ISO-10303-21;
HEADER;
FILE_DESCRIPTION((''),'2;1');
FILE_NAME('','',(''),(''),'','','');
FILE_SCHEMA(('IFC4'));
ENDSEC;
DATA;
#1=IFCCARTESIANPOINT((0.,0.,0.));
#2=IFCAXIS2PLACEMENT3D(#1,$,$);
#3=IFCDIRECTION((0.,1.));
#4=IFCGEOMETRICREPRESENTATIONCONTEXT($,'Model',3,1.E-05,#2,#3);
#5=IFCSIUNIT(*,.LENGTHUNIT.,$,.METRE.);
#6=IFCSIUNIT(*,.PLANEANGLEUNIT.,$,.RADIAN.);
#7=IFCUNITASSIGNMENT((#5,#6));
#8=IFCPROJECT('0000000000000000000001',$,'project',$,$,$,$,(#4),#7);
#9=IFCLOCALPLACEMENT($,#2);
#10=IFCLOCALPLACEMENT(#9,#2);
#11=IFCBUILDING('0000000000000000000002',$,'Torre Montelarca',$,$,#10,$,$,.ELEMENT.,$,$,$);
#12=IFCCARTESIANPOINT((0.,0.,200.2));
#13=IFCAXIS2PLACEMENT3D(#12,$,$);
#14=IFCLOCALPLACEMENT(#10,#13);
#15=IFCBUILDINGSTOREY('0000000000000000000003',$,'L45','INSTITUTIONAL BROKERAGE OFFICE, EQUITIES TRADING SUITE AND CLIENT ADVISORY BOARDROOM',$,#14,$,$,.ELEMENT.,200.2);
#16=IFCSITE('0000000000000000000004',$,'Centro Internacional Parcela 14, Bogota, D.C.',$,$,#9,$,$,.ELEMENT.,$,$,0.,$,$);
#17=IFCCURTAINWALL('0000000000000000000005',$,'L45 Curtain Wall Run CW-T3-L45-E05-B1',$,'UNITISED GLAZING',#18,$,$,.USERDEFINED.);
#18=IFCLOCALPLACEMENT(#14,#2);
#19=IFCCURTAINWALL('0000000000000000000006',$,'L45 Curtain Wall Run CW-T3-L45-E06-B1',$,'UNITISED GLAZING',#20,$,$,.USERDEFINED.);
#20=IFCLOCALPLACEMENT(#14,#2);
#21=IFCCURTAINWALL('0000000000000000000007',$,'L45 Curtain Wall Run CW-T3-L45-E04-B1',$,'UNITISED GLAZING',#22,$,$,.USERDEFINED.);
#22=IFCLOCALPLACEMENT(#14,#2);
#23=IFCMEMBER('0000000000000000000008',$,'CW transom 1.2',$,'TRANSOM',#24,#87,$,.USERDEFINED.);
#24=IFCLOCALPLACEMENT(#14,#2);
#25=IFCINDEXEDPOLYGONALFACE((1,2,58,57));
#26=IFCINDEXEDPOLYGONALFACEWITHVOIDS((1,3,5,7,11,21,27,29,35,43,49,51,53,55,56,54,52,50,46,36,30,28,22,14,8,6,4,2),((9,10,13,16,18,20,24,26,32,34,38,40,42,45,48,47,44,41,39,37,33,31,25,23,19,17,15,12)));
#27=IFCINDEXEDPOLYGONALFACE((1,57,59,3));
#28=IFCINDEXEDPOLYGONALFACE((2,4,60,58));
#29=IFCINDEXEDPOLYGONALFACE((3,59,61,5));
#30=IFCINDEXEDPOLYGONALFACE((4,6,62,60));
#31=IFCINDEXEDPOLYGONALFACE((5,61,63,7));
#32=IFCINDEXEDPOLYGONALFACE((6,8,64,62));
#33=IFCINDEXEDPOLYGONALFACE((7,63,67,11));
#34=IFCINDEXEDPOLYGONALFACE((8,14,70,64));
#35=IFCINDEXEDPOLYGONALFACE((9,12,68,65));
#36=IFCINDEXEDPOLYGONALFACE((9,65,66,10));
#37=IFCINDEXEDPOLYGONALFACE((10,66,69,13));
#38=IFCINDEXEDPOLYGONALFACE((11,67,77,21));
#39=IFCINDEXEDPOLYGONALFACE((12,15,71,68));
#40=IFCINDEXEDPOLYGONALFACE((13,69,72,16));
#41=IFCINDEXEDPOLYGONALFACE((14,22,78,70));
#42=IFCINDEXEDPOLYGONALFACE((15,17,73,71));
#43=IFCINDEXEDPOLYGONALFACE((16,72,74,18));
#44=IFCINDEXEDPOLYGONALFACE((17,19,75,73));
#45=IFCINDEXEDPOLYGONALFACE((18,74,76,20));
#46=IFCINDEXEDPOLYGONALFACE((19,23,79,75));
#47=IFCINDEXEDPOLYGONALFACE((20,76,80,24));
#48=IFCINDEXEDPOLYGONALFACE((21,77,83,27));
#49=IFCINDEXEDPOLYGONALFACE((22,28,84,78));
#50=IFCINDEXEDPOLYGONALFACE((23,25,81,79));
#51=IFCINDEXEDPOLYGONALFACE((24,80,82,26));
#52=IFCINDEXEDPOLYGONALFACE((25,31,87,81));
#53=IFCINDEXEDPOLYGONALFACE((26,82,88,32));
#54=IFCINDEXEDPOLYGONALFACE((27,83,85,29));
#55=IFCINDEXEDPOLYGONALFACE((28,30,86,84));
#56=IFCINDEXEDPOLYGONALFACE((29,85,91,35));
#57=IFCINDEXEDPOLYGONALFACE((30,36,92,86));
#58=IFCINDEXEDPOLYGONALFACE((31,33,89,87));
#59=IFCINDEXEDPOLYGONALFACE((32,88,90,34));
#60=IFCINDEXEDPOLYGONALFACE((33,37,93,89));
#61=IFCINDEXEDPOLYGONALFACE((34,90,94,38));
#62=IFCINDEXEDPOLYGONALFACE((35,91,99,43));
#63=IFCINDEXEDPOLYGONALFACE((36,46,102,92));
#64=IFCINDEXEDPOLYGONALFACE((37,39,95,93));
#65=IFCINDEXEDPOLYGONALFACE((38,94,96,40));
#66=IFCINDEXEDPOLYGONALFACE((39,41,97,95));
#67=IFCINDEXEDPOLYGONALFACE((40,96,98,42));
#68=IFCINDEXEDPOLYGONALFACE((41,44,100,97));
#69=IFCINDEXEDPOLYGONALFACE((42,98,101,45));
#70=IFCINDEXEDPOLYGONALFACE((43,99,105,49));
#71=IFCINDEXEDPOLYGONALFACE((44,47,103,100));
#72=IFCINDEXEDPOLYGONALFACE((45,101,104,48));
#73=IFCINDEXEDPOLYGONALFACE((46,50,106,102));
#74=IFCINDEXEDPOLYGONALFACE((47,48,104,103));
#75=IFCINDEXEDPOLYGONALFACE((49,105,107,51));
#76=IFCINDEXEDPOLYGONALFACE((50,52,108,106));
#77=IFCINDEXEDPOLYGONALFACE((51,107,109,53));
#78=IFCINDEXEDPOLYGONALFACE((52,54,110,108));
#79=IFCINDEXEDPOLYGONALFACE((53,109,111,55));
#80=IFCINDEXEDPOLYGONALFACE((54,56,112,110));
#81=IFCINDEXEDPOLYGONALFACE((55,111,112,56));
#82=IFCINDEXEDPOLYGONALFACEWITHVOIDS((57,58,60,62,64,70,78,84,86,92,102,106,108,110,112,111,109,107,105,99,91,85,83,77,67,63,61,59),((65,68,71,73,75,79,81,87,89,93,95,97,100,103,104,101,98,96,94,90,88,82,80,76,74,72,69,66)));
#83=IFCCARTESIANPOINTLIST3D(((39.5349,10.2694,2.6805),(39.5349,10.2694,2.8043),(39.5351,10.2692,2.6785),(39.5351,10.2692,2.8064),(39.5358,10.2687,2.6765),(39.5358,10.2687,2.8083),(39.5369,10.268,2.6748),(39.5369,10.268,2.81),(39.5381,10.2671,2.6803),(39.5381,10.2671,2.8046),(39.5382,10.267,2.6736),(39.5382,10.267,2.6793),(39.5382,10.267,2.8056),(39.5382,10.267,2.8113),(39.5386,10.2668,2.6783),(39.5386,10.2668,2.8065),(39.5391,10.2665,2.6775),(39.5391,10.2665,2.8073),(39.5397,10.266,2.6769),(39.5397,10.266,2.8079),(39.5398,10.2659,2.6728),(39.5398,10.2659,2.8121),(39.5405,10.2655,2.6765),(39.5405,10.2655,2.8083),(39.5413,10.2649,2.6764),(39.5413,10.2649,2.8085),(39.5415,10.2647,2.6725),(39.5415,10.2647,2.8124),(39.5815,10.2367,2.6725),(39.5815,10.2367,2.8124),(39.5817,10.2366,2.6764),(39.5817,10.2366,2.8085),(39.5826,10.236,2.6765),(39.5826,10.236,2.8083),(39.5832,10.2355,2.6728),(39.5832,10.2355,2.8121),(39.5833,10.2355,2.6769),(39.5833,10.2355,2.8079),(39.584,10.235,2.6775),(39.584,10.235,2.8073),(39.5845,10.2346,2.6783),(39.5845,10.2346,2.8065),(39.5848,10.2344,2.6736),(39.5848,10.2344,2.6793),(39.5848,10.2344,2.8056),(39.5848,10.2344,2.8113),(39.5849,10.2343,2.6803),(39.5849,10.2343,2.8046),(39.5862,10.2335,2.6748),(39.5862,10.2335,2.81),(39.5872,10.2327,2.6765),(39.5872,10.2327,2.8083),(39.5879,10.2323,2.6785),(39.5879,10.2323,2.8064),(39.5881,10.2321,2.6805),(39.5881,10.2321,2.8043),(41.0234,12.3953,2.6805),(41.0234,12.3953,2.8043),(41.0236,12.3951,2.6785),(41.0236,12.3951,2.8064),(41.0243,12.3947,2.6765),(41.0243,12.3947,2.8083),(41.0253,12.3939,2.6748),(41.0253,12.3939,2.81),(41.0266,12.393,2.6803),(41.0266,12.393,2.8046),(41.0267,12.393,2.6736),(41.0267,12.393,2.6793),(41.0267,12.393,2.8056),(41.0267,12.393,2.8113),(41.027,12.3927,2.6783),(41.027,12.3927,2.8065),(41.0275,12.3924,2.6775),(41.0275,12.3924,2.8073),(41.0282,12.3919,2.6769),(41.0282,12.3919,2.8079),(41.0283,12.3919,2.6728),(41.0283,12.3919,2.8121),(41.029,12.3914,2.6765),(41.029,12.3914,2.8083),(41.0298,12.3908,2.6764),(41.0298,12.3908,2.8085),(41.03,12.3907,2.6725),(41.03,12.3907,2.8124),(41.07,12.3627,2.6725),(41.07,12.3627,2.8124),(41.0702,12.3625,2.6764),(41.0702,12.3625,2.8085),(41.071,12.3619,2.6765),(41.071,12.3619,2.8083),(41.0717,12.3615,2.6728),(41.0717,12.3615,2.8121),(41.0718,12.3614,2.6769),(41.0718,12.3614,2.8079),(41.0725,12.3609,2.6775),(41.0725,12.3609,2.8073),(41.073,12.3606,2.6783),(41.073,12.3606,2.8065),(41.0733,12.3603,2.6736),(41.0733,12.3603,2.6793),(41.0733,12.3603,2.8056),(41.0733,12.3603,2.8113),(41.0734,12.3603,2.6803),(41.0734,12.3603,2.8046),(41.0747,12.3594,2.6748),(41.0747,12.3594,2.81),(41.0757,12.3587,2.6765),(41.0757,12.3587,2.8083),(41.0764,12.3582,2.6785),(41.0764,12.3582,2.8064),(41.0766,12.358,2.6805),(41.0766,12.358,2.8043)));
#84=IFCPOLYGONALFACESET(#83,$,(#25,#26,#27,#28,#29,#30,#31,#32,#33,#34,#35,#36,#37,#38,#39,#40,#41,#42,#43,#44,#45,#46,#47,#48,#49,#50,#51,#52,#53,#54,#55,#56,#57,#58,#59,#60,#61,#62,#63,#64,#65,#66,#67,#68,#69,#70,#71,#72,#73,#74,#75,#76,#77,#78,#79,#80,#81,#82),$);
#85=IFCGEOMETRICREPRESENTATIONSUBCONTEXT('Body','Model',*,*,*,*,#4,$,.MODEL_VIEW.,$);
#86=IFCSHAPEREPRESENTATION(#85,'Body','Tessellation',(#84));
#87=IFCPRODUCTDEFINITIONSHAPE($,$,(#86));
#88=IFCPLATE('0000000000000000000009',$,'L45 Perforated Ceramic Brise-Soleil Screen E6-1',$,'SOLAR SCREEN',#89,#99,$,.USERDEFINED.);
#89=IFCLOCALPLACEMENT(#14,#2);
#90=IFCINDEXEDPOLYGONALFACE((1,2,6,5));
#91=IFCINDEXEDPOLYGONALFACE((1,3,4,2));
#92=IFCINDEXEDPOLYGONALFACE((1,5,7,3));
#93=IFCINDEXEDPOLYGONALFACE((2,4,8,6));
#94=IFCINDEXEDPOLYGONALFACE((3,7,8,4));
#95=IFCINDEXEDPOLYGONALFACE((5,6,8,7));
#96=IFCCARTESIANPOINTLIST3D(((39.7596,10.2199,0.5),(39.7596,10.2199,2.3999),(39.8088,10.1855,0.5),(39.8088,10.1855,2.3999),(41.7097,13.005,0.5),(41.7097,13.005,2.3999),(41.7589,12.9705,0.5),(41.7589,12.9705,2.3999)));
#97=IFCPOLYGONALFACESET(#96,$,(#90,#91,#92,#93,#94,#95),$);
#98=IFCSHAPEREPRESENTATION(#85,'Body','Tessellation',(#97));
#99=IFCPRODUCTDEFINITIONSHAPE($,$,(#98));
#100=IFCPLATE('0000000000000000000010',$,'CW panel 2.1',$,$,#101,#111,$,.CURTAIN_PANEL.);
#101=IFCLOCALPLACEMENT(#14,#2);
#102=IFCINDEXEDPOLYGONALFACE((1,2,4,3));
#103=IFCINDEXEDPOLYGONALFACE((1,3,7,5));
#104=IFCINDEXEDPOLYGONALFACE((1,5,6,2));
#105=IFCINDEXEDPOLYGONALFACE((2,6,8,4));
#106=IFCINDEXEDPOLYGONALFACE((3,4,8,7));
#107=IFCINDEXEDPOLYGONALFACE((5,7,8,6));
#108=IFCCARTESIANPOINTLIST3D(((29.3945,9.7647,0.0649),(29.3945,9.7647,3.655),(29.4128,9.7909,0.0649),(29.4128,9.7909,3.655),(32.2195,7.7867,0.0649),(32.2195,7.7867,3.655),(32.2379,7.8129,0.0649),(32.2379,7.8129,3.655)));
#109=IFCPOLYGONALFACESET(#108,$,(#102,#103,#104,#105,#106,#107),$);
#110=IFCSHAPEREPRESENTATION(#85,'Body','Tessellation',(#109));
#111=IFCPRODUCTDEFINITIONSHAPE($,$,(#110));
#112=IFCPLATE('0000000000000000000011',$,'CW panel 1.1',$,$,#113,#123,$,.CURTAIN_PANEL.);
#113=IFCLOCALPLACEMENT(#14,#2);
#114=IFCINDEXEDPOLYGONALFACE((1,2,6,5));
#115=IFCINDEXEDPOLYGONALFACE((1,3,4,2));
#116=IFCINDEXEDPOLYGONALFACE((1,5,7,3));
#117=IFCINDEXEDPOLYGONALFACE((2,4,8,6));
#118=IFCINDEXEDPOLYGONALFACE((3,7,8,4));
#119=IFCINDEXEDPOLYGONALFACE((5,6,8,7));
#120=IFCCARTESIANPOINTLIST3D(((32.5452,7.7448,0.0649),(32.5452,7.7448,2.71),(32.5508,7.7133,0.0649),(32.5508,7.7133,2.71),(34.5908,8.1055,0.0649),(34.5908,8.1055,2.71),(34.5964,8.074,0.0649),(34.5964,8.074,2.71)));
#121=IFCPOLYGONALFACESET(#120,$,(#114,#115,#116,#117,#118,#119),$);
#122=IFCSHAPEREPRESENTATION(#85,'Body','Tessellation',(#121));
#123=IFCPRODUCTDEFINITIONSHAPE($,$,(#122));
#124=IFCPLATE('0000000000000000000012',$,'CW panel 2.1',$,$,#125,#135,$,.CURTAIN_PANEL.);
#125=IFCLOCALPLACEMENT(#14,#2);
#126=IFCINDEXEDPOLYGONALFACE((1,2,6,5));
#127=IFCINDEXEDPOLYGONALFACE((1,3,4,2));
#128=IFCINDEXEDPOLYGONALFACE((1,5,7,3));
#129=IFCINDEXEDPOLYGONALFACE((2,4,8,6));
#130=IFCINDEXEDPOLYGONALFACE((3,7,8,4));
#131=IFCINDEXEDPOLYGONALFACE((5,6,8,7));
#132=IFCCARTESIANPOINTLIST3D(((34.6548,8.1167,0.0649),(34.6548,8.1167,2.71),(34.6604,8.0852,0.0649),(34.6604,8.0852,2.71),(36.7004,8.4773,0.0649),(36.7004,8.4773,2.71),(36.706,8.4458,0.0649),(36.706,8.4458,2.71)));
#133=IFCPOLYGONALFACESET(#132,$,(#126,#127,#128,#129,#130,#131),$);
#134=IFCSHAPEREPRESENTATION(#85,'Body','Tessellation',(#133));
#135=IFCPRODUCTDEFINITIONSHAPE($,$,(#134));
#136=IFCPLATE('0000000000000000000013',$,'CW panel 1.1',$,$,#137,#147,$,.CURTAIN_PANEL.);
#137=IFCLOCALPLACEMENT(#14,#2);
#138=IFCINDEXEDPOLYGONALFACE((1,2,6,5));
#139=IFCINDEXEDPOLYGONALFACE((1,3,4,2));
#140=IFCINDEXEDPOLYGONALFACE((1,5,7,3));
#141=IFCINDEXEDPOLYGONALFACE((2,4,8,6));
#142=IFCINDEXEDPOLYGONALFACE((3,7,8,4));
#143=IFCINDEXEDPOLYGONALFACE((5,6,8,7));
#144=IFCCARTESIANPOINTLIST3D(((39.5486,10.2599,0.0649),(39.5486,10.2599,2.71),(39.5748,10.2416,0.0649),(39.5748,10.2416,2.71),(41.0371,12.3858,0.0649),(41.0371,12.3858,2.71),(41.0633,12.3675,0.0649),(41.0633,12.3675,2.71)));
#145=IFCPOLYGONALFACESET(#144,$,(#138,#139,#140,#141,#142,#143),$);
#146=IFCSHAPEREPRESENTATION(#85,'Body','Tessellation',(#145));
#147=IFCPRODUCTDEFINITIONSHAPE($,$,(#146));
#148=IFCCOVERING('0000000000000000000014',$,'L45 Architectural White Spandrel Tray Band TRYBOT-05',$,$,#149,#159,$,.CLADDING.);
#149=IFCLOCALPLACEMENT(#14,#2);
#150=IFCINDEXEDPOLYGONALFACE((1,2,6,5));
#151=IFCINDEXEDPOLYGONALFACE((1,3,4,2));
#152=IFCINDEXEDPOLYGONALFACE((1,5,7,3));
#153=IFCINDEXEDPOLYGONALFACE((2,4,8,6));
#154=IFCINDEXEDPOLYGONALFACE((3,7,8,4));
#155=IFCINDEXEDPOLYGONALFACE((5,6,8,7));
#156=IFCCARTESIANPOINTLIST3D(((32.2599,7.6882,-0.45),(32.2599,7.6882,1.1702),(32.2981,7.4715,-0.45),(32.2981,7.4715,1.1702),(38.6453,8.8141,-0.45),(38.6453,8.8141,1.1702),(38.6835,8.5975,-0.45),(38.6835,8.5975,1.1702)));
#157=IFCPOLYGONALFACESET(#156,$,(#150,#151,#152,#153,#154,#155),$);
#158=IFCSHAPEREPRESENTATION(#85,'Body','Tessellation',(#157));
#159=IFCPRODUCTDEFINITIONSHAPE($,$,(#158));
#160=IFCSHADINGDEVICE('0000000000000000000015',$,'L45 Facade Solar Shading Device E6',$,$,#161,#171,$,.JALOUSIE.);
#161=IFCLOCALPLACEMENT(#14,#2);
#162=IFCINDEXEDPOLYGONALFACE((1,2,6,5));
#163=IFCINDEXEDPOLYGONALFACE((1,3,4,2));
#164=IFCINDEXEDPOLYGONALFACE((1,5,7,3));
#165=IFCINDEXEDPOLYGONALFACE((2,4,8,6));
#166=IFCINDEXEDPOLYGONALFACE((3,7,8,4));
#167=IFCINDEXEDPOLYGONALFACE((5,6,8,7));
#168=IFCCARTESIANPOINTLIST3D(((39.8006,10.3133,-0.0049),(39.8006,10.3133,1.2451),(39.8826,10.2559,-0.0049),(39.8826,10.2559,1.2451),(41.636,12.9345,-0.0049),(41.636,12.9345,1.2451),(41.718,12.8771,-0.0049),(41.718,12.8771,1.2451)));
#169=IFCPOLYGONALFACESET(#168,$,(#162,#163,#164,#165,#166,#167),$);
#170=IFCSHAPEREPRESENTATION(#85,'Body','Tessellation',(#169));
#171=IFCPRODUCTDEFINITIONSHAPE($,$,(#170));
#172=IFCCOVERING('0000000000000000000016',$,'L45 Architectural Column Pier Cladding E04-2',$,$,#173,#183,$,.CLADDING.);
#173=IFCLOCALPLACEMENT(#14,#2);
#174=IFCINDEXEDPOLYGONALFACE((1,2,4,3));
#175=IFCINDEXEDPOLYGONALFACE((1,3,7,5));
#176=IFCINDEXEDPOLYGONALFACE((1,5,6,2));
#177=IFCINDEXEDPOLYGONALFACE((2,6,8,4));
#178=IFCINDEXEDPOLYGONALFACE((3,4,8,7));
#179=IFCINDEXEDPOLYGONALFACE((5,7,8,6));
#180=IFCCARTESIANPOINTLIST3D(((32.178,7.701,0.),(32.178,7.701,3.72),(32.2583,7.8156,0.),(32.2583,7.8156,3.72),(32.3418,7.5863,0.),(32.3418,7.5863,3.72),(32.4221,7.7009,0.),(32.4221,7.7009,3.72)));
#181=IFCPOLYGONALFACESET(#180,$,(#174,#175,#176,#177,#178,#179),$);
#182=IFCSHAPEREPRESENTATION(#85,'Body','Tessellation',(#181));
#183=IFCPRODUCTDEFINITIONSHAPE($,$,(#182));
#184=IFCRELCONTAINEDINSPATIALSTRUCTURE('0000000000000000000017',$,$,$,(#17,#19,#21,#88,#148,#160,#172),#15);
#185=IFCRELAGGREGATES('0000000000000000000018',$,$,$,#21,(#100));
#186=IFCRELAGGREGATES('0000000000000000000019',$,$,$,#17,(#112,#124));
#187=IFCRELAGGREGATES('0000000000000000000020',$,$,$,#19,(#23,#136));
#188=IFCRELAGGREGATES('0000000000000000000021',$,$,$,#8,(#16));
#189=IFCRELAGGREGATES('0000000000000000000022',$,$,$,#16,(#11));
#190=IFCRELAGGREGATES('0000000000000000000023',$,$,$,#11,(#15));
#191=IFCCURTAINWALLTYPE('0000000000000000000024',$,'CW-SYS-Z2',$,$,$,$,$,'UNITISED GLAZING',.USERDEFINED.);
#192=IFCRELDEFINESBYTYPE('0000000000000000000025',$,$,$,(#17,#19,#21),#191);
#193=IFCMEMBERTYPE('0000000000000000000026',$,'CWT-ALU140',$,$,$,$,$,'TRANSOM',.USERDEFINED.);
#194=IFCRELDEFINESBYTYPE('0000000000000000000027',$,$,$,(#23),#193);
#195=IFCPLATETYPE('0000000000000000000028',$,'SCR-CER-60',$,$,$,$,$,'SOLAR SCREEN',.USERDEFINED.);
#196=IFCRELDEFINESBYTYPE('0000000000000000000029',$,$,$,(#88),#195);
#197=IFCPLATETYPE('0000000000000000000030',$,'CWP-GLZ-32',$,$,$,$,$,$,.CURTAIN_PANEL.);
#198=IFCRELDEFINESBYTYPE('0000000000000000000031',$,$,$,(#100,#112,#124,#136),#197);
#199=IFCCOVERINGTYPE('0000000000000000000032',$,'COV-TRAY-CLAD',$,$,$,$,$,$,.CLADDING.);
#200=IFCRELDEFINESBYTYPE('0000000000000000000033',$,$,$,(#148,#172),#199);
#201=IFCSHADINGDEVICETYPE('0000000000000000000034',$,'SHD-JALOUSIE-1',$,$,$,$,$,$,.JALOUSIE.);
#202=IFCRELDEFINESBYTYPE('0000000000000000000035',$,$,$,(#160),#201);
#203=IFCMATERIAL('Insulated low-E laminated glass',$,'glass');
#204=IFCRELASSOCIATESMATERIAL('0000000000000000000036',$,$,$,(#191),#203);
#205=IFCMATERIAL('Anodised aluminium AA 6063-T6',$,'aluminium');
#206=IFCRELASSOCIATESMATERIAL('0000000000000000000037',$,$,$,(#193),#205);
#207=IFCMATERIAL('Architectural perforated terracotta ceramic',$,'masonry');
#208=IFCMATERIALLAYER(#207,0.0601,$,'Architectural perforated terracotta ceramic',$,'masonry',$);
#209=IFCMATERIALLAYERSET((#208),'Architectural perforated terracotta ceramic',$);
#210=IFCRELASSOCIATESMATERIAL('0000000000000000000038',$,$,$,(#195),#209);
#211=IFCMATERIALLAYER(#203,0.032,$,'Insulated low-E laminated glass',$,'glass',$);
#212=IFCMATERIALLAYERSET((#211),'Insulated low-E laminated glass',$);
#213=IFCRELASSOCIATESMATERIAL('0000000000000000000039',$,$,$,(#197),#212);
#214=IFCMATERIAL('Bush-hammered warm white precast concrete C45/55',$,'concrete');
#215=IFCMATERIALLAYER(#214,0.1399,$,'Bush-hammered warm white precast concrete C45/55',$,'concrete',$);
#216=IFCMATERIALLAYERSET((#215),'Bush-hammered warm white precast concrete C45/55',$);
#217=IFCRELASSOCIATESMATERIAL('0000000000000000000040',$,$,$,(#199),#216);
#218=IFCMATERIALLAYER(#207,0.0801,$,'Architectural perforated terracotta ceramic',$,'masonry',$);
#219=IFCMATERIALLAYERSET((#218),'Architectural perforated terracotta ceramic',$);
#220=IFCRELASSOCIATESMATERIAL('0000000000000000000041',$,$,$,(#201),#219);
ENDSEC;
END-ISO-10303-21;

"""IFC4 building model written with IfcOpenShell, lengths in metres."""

from ifc_helpers import new_model, si_unit, direction, frame, origin, origin_2d, place, context, subcontext, project, spatial, rectangle, hollow_rectangle, extrude, source, transform, mapped, material, layer, layer_set, material_profile, profile_set, type_object, element, aggregate, save


model = new_model("IFC4")

# Units and contexts
model_context = context("Model", 3, precision=1e-05, world=origin(), true_north=direction((0.0, 1.0)))
body_context = subcontext(model_context, "Body", "Model", "MODEL_VIEW")
ifc_project = project(units=[si_unit("LENGTHUNIT", "METRE"), si_unit("PLANEANGLEUNIT", "RADIAN")], contexts=[model_context])

# Site, building, storey
site_placement = place(None, origin())
site = spatial("IfcSite", under=ifc_project, at=site_placement, Name="Centro Internacional Parcela 14, Bogota, D.C.", CompositionType="ELEMENT", RefElevation=0.0)
building_placement = place(site_placement, origin())
building = spatial("IfcBuilding", under=site, at=building_placement, Name="Torre Montelarca", CompositionType="ELEMENT")
storey_placement = place(building_placement, frame((0.0, 0.0, 200.2)))
storey = spatial("IfcBuildingStorey", under=building, at=storey_placement, Name="L45", Description="INSTITUTIONAL BROKERAGE OFFICE, EQUITIES TRADING SUITE AND CLIENT ADVISORY BOARDROOM", CompositionType="ELEMENT", Elevation=200.2)

# Curtain walls
ifc_material_1 = material(Name="Insulated low-E laminated glass", Category="glass")
curtain_wall_type = type_object("IfcCurtainWallType", Name="CW-SYS-Z2", ElementType="UNITISED GLAZING", PredefinedType="USERDEFINED", material=ifc_material_1)
curtain_wall_1_placement = place(storey_placement, origin())
curtain_wall_1 = element("IfcCurtainWall", 1, at=curtain_wall_1_placement, inside=storey, type_object=curtain_wall_type, Name="L45 Curtain Wall Run CW-T3-L45-E05-B1", ObjectType="UNITISED GLAZING", PredefinedType="USERDEFINED")
ifc_material_2 = material(Name="Anodised aluminium AA 6063-T6", Category="aluminium")
curtain_wall_2_placement = place(storey_placement, origin())
curtain_wall_2 = element("IfcCurtainWall", 2, at=curtain_wall_2_placement, inside=storey, type_object=curtain_wall_type, Name="L45 Curtain Wall Run CW-T3-L45-E06-B1", ObjectType="UNITISED GLAZING", PredefinedType="USERDEFINED")
curtain_wall_3_placement = place(storey_placement, origin())
curtain_wall_3 = element("IfcCurtainWall", 3, at=curtain_wall_3_placement, inside=storey, type_object=curtain_wall_type, Name="L45 Curtain Wall Run CW-T3-L45-E04-B1", ObjectType="UNITISED GLAZING", PredefinedType="USERDEFINED")
ifc_material_profile_1 = material_profile(ifc_material_2, hollow_rectangle(XDim=0.0649, YDim=0.1399, WallThickness=0.0039, InnerFilletRadius=0.0039, OuterFilletRadius=0.0081, at=origin_2d()), Name="ALU65X140X4", Category="aluminium")
ifc_profile_set_1 = profile_set([ifc_material_profile_1], Name="Anodised aluminium AA 6063-T6")
member_type_1 = type_object("IfcMemberType", Name="CWT-ALU140", ElementType="TRANSOM", PredefinedType="USERDEFINED", material=ifc_profile_set_1)

# Member
shared_shape_1 = source(origin(), body_context, "Body", "SweptSolid", [
    extrude(hollow_rectangle(XDim=0.0649, YDim=0.1399, WallThickness=0.0039, InnerFilletRadius=0.0039, OuterFilletRadius=0.0081, at=origin_2d()), origin(), (0.0, 0.0, 1.0), 2.5952),
])
member_1_placement = place(storey_placement, frame((39.5615, 10.2507, 2.7424), z_axis=(0.573551, 0.81917, 0.0), x_axis=(-0.81917, 0.573551, 0.0)))
member_1 = element("IfcMember", 4, at=member_1_placement, type_object=member_type_1, Name="CW transom 1.2", ObjectType="TRANSOM", PredefinedType="USERDEFINED", context=body_context, shape_type="MappedRepresentation", body=[
    mapped(shared_shape_1, transform((0.0, 0.0, 0.0), scale=1.0)),
])

# Plates
ifc_material_3 = material(Name="Architectural perforated terracotta ceramic", Category="masonry")
ifc_layer_1 = layer(ifc_material_3, 0.0601, Name="Architectural perforated terracotta ceramic", Category="masonry")
ifc_layer_set_1 = layer_set([ifc_layer_1], Name="Architectural perforated terracotta ceramic")
plate_type_1 = type_object("IfcPlateType", Name="SCR-CER-60", ElementType="SOLAR SCREEN", PredefinedType="USERDEFINED", material=ifc_layer_set_1)
shared_shape_2 = source(origin(), body_context, "Body", "SweptSolid", [
    extrude(rectangle(XDim=3.3999, YDim=0.0601, at=origin_2d()), origin(), (0.0, 0.0, 1.0), 1.8999),
])
plate_1_placement = place(storey_placement, frame((40.7593, 11.5952, 0.5), z_axis=(0.0, 0.0, 1.0), x_axis=(0.573576, 0.819152, 0.0)))
element("IfcPlate", 5, at=plate_1_placement, inside=storey, type_object=plate_type_1, Name="L45 Perforated Ceramic Brise-Soleil Screen E6-1", ObjectType="SOLAR SCREEN", PredefinedType="USERDEFINED", context=body_context, shape_type="MappedRepresentation", body=[
    mapped(shared_shape_2, transform((0.0, 0.0, 0.0), scale=1.0)),
])
ifc_layer_2 = layer(ifc_material_1, 0.032, Name="Insulated low-E laminated glass", Category="glass")
ifc_layer_set_2 = layer_set([ifc_layer_2], Name="Insulated low-E laminated glass")
plate_type_2 = type_object("IfcPlateType", Name="CWP-GLZ-32", PredefinedType="CURTAIN_PANEL", material=ifc_layer_set_2)
shared_shape_3 = source(origin(), body_context, "Body", "SweptSolid", [
    extrude(rectangle(XDim=3.4487, YDim=0.032, at=origin_2d()), origin(), (0.0, 0.0, 1.0), 3.5901),
])
plate_2_placement = place(storey_placement, frame((30.8162, 8.7888, 0.0649), z_axis=(0.0, 0.0, 1.0), x_axis=(0.819165, -0.573558, 0.0)))
plate_2 = element("IfcPlate", 6, at=plate_2_placement, type_object=plate_type_2, Name="CW panel 2.1", PredefinedType="CURTAIN_PANEL", context=body_context, shape_type="MappedRepresentation", body=[
    mapped(shared_shape_3, transform((0.0, 0.0, 0.0), scale=1.0)),
])
aggregate(curtain_wall_3, [plate_2])
shared_shape_4 = source(origin(), body_context, "Body", "SweptSolid", [
    extrude(rectangle(XDim=2.0771, YDim=0.032, at=origin_2d()), origin(), (0.0, 0.0, 1.0), 2.645),
])
plate_3_placement = place(storey_placement, frame((33.5708, 7.9094, 0.0649), z_axis=(0.0, 0.0, 1.0), x_axis=(0.98481, 0.173634, 0.0)))
plate_3 = element("IfcPlate", 7, at=plate_3_placement, type_object=plate_type_2, Name="CW panel 1.1", PredefinedType="CURTAIN_PANEL", context=body_context, shape_type="MappedRepresentation", body=[
    mapped(shared_shape_4, transform((0.0, 0.0, 0.0), scale=1.0)),
])
plate_4_placement = place(storey_placement, frame((35.6804, 8.2812, 0.0649), z_axis=(0.0, 0.0, 1.0), x_axis=(0.98481, 0.173634, 0.0)))
plate_4 = element("IfcPlate", 8, at=plate_4_placement, type_object=plate_type_2, Name="CW panel 2.1", PredefinedType="CURTAIN_PANEL", context=body_context, shape_type="MappedRepresentation", body=[
    mapped(shared_shape_4, transform((0.0, 0.0, 0.0), scale=1.0)),
])
aggregate(curtain_wall_1, [plate_3, plate_4])
shared_shape_5 = source(origin(), body_context, "Body", "SweptSolid", [
    extrude(rectangle(XDim=2.5952, YDim=0.032, at=origin_2d()), origin(), (0.0, 0.0, 1.0), 2.645),
])
plate_5_placement = place(storey_placement, frame((40.3059, 11.3137, 0.0649), z_axis=(0.0, 0.0, 1.0), x_axis=(0.573556, 0.819166, 0.0)))
plate_5 = element("IfcPlate", 9, at=plate_5_placement, type_object=plate_type_2, Name="CW panel 1.1", PredefinedType="CURTAIN_PANEL", context=body_context, shape_type="MappedRepresentation", body=[
    mapped(shared_shape_5, transform((0.0, 0.0, 0.0), scale=1.0)),
])
aggregate(curtain_wall_2, [member_1, plate_5])

# Covering
ifc_material_4 = material(Name="Bush-hammered warm white precast concrete C45/55", Category="concrete")
ifc_layer_3 = layer(ifc_material_4, 0.1399, Name="Bush-hammered warm white precast concrete C45/55", Category="concrete")
ifc_layer_set_3 = layer_set([ifc_layer_3], Name="Bush-hammered warm white precast concrete C45/55")
covering_type = type_object("IfcCoveringType", Name="COV-TRAY-CLAD", PredefinedType="CLADDING", material=ifc_layer_set_3)
shared_shape_6 = source(origin(), body_context, "Body", "SweptSolid", [
    extrude(rectangle(XDim=6.4839, YDim=0.22, at=origin_2d()), origin(), (0.0, 0.0, 1.0), 1.6201),
])
covering_1_placement = place(storey_placement, frame((35.4717, 8.1428, -0.45), z_axis=(0.0, 0.0, 1.0), x_axis=(0.984807, 0.17365, 0.0)))
element("IfcCovering", 10, at=covering_1_placement, inside=storey, type_object=covering_type, Name="L45 Architectural White Spandrel Tray Band TRYBOT-05", PredefinedType="CLADDING", context=body_context, shape_type="MappedRepresentation", body=[
    mapped(shared_shape_6, transform((0.0, 0.0, 0.0), scale=1.0)),
])

# Shading device
ifc_layer_4 = layer(ifc_material_3, 0.0801, Name="Architectural perforated terracotta ceramic", Category="masonry")
ifc_layer_set_4 = layer_set([ifc_layer_4], Name="Architectural perforated terracotta ceramic")
shading_device_type = type_object("IfcShadingDeviceType", Name="SHD-JALOUSIE-1", PredefinedType="JALOUSIE", material=ifc_layer_set_4)
shared_shape_7 = source(origin(), body_context, "Body", "SweptSolid", [
    extrude(rectangle(XDim=3.2, YDim=0.1001, at=origin_2d()), origin(), (0.0, 0.0, 1.0), 1.25),
])
shading_device_placement = place(storey_placement, frame((40.7593, 11.5952, -0.0049), z_axis=(0.0, 0.0, 1.0), x_axis=(0.573576, 0.819152, 0.0)))
element("IfcShadingDevice", 11, at=shading_device_placement, inside=storey, type_object=shading_device_type, Name="L45 Facade Solar Shading Device E6", PredefinedType="JALOUSIE", context=body_context, shape_type="MappedRepresentation", body=[
    mapped(shared_shape_7, transform((0.0, 0.0, 0.0), scale=1.0)),
])

# Covering
shared_shape_8 = source(origin(), body_context, "Body", "SweptSolid", [
    extrude(rectangle(XDim=0.2, YDim=0.1399, at=origin_2d()), origin(), (0.0, 0.0, 1.0), 3.72),
])
covering_2_placement = place(storey_placement, frame((32.3, 7.7009, 0.0), z_axis=(0.0, 0.0, 1.0), x_axis=(0.819158, -0.573568, 0.0)))
element("IfcCovering", 12, at=covering_2_placement, inside=storey, type_object=covering_type, Name="L45 Architectural Column Pier Cladding E04-2", PredefinedType="CLADDING", context=body_context, shape_type="MappedRepresentation", body=[
    mapped(shared_shape_8, transform((0.0, 0.0, 0.0), scale=1.0)),
])

save(model, "model.ifc")
